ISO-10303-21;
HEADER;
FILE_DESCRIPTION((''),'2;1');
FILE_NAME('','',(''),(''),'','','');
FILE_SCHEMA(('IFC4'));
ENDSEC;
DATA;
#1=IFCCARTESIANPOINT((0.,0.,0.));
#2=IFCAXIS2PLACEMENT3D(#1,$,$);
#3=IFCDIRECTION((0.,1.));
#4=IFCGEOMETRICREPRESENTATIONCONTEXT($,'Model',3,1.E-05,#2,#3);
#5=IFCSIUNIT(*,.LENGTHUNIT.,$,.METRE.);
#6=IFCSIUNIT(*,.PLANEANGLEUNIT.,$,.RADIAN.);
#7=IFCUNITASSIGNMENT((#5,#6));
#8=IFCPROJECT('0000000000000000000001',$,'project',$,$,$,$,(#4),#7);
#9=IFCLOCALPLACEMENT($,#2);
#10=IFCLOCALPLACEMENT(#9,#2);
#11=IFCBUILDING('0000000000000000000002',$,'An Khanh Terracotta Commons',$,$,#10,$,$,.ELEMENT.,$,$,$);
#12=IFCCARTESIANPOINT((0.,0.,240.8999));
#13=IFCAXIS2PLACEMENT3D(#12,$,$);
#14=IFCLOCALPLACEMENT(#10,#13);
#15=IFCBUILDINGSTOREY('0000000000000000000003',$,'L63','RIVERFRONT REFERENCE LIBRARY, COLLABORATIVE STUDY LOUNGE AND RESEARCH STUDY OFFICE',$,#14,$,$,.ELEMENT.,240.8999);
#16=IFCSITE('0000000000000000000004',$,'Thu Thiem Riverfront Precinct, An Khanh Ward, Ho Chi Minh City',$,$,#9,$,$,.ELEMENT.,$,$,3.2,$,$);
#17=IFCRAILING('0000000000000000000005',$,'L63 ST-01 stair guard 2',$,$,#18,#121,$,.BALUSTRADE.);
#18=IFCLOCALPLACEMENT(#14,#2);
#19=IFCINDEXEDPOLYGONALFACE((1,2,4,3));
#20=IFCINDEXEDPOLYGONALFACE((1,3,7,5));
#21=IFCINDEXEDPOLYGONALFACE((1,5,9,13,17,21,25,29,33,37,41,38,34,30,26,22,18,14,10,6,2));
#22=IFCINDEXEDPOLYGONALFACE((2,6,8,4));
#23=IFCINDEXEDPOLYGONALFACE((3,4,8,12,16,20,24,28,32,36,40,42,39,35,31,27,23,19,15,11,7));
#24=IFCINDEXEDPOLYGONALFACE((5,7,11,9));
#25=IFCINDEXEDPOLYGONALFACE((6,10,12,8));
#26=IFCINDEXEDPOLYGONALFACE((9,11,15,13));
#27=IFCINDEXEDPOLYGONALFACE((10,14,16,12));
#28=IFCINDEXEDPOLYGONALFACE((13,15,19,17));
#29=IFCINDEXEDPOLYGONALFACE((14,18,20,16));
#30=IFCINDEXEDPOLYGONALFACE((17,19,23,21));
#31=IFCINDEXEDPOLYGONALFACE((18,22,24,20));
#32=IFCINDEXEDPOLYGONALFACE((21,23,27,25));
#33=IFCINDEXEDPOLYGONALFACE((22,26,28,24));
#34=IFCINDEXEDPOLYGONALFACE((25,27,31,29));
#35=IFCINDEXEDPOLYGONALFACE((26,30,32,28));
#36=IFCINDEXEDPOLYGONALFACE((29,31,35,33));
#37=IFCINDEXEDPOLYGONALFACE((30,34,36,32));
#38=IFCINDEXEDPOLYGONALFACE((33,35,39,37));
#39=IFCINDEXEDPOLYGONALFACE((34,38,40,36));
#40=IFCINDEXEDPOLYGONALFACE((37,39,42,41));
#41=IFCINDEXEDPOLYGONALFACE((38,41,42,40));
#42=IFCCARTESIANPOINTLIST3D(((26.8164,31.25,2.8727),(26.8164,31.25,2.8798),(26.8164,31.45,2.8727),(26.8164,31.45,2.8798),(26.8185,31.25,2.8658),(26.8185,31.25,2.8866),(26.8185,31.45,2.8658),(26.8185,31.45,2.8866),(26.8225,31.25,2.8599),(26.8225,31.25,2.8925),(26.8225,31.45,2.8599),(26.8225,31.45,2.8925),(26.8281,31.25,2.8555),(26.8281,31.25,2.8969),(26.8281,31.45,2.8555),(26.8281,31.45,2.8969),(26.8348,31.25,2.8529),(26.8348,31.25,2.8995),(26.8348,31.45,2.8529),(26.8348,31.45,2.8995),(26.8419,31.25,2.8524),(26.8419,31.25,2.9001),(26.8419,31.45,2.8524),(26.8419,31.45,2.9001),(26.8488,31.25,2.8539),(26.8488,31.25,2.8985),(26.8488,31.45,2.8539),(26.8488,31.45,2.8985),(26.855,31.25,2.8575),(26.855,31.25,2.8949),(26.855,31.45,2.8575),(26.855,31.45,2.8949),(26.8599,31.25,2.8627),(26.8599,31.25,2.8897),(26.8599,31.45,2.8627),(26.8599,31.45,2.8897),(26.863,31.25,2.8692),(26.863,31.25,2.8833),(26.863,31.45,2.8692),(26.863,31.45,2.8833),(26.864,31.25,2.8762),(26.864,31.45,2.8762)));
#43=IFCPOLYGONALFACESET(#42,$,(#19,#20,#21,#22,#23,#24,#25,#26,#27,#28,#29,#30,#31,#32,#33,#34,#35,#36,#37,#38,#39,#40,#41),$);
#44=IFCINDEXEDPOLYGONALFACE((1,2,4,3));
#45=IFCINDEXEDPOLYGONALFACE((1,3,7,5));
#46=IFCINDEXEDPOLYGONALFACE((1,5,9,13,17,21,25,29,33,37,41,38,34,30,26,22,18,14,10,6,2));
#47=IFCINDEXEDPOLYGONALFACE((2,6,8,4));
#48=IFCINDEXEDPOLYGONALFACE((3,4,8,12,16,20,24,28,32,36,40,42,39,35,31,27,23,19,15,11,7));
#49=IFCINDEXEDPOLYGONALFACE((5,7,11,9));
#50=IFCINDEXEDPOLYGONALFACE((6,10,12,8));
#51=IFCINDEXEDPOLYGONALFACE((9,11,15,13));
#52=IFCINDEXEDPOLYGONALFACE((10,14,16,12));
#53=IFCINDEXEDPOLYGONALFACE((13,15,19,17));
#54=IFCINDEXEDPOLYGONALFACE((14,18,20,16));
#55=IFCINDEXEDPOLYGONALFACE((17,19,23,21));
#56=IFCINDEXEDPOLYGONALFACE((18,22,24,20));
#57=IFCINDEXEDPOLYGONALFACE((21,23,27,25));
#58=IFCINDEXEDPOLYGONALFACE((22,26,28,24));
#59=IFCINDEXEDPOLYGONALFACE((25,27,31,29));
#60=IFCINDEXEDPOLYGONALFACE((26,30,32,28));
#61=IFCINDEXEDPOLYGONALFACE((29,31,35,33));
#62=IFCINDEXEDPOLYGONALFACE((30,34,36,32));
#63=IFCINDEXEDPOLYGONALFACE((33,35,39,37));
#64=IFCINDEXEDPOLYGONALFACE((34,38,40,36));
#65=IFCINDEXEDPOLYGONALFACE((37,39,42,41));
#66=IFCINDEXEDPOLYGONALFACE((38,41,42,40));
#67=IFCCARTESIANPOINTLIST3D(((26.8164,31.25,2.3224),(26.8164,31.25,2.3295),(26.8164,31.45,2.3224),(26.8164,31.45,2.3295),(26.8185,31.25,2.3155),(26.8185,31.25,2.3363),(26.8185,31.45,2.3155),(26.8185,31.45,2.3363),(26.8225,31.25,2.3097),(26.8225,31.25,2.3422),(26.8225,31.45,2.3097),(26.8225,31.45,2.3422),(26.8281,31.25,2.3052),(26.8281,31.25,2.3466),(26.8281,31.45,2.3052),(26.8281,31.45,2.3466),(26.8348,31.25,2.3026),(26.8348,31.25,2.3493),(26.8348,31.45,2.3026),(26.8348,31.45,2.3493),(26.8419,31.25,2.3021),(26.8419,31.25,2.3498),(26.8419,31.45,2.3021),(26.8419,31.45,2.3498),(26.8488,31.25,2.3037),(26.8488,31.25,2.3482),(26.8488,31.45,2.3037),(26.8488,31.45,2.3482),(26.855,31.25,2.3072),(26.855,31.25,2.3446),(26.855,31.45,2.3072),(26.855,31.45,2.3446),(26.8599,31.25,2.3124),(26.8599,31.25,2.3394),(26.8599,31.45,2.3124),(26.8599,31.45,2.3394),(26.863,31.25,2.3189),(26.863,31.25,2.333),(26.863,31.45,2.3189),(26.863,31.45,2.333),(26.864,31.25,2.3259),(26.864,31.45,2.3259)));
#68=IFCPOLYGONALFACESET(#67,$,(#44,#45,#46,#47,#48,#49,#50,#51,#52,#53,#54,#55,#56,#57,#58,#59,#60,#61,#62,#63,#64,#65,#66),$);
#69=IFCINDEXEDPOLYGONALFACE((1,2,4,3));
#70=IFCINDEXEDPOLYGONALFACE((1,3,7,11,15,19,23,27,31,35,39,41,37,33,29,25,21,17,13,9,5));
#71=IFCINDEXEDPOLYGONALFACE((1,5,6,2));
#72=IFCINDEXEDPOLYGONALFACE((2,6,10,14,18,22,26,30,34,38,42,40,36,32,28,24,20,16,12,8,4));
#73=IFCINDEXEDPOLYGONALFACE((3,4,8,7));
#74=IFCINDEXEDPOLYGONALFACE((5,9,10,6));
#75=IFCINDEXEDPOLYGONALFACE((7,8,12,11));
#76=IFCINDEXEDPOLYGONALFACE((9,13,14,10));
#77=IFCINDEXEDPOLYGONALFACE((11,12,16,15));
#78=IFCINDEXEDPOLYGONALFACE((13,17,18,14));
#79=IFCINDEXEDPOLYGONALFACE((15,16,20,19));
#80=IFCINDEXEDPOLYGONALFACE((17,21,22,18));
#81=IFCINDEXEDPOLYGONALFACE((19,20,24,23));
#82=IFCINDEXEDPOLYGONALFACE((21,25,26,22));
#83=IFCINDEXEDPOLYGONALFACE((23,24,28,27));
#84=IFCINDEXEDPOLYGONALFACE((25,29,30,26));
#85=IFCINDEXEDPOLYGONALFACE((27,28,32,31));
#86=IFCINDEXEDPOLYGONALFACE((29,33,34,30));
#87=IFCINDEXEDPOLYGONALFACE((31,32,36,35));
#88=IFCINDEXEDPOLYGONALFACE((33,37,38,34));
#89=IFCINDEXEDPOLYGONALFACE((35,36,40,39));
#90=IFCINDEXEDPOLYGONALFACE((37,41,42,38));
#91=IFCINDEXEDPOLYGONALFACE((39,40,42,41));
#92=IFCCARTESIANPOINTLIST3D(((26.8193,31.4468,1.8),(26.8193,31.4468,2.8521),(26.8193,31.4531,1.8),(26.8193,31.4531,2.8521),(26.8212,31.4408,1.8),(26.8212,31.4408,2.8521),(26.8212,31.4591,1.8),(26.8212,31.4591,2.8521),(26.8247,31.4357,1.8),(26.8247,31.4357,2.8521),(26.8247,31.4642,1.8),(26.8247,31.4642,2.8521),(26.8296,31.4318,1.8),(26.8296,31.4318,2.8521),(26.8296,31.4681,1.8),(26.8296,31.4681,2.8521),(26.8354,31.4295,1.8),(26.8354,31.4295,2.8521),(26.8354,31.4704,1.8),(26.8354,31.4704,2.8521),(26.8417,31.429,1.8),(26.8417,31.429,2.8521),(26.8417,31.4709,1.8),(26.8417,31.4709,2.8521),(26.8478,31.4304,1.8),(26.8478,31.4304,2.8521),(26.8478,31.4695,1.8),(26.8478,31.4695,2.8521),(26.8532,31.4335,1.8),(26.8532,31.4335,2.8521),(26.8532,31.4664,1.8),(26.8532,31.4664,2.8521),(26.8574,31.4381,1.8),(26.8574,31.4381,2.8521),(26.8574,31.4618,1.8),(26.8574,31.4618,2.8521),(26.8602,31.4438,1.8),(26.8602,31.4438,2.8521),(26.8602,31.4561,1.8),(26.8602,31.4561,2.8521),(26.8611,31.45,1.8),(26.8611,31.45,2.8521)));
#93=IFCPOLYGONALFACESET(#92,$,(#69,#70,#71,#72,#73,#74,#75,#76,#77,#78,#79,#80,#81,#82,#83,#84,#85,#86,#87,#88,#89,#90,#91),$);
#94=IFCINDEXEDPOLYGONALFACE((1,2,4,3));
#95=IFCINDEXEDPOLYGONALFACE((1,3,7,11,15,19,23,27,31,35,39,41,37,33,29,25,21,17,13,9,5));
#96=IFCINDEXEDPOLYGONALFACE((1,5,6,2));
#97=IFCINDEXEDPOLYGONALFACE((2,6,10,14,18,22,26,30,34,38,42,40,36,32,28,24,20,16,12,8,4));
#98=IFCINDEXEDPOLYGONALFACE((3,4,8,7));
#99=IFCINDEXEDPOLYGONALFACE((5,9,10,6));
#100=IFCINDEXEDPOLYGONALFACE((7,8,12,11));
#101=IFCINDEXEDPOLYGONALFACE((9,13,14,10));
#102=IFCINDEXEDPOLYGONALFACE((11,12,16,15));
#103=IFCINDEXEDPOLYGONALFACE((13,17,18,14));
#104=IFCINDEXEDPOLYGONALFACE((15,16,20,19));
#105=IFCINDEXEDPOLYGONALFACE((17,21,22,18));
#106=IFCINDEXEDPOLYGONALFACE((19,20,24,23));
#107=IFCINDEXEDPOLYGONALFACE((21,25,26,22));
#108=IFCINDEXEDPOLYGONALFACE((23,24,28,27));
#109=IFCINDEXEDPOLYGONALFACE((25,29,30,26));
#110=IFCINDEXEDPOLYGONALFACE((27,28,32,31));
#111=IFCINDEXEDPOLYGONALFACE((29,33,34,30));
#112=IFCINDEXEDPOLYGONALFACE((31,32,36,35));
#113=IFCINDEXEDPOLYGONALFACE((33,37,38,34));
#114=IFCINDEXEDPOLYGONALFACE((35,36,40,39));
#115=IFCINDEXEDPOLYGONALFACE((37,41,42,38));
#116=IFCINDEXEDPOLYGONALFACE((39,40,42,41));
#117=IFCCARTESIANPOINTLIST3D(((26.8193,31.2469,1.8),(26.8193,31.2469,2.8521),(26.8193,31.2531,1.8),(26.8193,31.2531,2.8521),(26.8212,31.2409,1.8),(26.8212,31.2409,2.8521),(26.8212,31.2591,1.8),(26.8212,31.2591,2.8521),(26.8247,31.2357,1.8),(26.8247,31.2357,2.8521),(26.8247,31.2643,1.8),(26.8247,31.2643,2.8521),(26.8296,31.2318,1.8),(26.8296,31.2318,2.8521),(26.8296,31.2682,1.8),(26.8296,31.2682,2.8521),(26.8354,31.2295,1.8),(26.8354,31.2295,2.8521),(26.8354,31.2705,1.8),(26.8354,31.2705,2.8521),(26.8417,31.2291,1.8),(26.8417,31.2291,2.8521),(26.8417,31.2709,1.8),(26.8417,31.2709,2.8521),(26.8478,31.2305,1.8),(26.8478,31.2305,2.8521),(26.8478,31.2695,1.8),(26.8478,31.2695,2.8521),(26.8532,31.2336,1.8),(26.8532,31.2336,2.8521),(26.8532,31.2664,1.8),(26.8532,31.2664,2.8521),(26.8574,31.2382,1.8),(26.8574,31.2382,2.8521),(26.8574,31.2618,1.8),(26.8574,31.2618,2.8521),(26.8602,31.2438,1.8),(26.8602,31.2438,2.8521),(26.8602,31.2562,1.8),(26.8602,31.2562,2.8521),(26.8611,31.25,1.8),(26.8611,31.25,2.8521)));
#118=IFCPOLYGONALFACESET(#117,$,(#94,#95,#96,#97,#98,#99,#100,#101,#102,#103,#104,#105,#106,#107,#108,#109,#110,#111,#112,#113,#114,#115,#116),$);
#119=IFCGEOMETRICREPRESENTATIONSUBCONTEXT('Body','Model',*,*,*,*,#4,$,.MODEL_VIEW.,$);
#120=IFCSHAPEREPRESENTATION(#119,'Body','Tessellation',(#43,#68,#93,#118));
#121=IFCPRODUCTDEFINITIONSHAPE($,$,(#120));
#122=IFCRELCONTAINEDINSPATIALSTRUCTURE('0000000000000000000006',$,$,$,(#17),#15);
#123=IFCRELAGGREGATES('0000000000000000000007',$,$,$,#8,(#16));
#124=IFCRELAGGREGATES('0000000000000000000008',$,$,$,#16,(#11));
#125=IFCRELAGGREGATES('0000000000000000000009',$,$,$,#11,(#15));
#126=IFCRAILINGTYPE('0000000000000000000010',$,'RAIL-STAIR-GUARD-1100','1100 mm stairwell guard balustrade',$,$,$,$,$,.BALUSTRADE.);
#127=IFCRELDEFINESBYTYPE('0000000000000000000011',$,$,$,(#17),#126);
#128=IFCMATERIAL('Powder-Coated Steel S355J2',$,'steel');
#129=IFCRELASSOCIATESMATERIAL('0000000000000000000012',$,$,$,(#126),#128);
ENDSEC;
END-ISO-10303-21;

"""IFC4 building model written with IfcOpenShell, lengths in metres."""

from ifc_helpers import new_model, si_unit, direction, frame, origin, origin_2d, place, context, subcontext, project, spatial, circle, extrude, material, type_object, element, save


model = new_model("IFC4")

# Units and contexts
model_context = context("Model", 3, precision=1e-05, world=origin(), true_north=direction((0.0, 1.0)))
body_context = subcontext(model_context, "Body", "Model", "MODEL_VIEW")
ifc_project = project(units=[si_unit("LENGTHUNIT", "METRE"), si_unit("PLANEANGLEUNIT", "RADIAN")], contexts=[model_context])

# Site, building, storey
site_placement = place(None, origin())
site = spatial("IfcSite", under=ifc_project, at=site_placement, Name="Thu Thiem Riverfront Precinct, An Khanh Ward, Ho Chi Minh City", CompositionType="ELEMENT", RefElevation=3.2)
building_placement = place(site_placement, origin())
building = spatial("IfcBuilding", under=site, at=building_placement, Name="An Khanh Terracotta Commons", CompositionType="ELEMENT")
storey_placement = place(building_placement, frame((0.0, 0.0, 240.8999)))
storey = spatial("IfcBuildingStorey", under=building, at=storey_placement, Name="L63", Description="RIVERFRONT REFERENCE LIBRARY, COLLABORATIVE STUDY LOUNGE AND RESEARCH STUDY OFFICE", CompositionType="ELEMENT", Elevation=240.8999)

# Railing
ifc_material_1 = material(Name="Powder-Coated Steel S355J2", Category="steel")
railing_type_1 = type_object("IfcRailingType", Name="RAIL-STAIR-GUARD-1100", Description="1100 mm stairwell guard balustrade", PredefinedType="BALUSTRADE", material=ifc_material_1)
railing_1_placement = place(storey_placement, frame((26.8401, 31.45, 1.8)))
element("IfcRailing", 1, at=railing_1_placement, inside=storey, type_object=railing_type_1, Name="L63 ST-01 stair guard 2", PredefinedType="BALUSTRADE", context=body_context, shape_type="SweptSolid", body=[
    extrude(circle(Radius=0.0239, at=origin_2d()), frame((0.0, 0.0, 1.0762), z_axis=(0.0, -1.0, 0.0), x_axis=(1.0, 0.0, 0.0)), (0.0, 0.0, 1.0), 0.2),
    extrude(circle(Radius=0.0239, at=origin_2d()), frame((0.0, 0.0, 0.5259), z_axis=(0.0, -1.0, 0.0), x_axis=(1.0, 0.0, 0.0)), (0.0, 0.0, 1.0), 0.2),
    extrude(circle(Radius=0.021, at=origin_2d()), origin(), (0.0, 0.0, 1.0), 1.052),
    extrude(circle(Radius=0.021, at=origin_2d()), frame((0.0, -0.2, 0.0)), (0.0, 0.0, 1.0), 1.052),
])

save(model, "model.ifc")
